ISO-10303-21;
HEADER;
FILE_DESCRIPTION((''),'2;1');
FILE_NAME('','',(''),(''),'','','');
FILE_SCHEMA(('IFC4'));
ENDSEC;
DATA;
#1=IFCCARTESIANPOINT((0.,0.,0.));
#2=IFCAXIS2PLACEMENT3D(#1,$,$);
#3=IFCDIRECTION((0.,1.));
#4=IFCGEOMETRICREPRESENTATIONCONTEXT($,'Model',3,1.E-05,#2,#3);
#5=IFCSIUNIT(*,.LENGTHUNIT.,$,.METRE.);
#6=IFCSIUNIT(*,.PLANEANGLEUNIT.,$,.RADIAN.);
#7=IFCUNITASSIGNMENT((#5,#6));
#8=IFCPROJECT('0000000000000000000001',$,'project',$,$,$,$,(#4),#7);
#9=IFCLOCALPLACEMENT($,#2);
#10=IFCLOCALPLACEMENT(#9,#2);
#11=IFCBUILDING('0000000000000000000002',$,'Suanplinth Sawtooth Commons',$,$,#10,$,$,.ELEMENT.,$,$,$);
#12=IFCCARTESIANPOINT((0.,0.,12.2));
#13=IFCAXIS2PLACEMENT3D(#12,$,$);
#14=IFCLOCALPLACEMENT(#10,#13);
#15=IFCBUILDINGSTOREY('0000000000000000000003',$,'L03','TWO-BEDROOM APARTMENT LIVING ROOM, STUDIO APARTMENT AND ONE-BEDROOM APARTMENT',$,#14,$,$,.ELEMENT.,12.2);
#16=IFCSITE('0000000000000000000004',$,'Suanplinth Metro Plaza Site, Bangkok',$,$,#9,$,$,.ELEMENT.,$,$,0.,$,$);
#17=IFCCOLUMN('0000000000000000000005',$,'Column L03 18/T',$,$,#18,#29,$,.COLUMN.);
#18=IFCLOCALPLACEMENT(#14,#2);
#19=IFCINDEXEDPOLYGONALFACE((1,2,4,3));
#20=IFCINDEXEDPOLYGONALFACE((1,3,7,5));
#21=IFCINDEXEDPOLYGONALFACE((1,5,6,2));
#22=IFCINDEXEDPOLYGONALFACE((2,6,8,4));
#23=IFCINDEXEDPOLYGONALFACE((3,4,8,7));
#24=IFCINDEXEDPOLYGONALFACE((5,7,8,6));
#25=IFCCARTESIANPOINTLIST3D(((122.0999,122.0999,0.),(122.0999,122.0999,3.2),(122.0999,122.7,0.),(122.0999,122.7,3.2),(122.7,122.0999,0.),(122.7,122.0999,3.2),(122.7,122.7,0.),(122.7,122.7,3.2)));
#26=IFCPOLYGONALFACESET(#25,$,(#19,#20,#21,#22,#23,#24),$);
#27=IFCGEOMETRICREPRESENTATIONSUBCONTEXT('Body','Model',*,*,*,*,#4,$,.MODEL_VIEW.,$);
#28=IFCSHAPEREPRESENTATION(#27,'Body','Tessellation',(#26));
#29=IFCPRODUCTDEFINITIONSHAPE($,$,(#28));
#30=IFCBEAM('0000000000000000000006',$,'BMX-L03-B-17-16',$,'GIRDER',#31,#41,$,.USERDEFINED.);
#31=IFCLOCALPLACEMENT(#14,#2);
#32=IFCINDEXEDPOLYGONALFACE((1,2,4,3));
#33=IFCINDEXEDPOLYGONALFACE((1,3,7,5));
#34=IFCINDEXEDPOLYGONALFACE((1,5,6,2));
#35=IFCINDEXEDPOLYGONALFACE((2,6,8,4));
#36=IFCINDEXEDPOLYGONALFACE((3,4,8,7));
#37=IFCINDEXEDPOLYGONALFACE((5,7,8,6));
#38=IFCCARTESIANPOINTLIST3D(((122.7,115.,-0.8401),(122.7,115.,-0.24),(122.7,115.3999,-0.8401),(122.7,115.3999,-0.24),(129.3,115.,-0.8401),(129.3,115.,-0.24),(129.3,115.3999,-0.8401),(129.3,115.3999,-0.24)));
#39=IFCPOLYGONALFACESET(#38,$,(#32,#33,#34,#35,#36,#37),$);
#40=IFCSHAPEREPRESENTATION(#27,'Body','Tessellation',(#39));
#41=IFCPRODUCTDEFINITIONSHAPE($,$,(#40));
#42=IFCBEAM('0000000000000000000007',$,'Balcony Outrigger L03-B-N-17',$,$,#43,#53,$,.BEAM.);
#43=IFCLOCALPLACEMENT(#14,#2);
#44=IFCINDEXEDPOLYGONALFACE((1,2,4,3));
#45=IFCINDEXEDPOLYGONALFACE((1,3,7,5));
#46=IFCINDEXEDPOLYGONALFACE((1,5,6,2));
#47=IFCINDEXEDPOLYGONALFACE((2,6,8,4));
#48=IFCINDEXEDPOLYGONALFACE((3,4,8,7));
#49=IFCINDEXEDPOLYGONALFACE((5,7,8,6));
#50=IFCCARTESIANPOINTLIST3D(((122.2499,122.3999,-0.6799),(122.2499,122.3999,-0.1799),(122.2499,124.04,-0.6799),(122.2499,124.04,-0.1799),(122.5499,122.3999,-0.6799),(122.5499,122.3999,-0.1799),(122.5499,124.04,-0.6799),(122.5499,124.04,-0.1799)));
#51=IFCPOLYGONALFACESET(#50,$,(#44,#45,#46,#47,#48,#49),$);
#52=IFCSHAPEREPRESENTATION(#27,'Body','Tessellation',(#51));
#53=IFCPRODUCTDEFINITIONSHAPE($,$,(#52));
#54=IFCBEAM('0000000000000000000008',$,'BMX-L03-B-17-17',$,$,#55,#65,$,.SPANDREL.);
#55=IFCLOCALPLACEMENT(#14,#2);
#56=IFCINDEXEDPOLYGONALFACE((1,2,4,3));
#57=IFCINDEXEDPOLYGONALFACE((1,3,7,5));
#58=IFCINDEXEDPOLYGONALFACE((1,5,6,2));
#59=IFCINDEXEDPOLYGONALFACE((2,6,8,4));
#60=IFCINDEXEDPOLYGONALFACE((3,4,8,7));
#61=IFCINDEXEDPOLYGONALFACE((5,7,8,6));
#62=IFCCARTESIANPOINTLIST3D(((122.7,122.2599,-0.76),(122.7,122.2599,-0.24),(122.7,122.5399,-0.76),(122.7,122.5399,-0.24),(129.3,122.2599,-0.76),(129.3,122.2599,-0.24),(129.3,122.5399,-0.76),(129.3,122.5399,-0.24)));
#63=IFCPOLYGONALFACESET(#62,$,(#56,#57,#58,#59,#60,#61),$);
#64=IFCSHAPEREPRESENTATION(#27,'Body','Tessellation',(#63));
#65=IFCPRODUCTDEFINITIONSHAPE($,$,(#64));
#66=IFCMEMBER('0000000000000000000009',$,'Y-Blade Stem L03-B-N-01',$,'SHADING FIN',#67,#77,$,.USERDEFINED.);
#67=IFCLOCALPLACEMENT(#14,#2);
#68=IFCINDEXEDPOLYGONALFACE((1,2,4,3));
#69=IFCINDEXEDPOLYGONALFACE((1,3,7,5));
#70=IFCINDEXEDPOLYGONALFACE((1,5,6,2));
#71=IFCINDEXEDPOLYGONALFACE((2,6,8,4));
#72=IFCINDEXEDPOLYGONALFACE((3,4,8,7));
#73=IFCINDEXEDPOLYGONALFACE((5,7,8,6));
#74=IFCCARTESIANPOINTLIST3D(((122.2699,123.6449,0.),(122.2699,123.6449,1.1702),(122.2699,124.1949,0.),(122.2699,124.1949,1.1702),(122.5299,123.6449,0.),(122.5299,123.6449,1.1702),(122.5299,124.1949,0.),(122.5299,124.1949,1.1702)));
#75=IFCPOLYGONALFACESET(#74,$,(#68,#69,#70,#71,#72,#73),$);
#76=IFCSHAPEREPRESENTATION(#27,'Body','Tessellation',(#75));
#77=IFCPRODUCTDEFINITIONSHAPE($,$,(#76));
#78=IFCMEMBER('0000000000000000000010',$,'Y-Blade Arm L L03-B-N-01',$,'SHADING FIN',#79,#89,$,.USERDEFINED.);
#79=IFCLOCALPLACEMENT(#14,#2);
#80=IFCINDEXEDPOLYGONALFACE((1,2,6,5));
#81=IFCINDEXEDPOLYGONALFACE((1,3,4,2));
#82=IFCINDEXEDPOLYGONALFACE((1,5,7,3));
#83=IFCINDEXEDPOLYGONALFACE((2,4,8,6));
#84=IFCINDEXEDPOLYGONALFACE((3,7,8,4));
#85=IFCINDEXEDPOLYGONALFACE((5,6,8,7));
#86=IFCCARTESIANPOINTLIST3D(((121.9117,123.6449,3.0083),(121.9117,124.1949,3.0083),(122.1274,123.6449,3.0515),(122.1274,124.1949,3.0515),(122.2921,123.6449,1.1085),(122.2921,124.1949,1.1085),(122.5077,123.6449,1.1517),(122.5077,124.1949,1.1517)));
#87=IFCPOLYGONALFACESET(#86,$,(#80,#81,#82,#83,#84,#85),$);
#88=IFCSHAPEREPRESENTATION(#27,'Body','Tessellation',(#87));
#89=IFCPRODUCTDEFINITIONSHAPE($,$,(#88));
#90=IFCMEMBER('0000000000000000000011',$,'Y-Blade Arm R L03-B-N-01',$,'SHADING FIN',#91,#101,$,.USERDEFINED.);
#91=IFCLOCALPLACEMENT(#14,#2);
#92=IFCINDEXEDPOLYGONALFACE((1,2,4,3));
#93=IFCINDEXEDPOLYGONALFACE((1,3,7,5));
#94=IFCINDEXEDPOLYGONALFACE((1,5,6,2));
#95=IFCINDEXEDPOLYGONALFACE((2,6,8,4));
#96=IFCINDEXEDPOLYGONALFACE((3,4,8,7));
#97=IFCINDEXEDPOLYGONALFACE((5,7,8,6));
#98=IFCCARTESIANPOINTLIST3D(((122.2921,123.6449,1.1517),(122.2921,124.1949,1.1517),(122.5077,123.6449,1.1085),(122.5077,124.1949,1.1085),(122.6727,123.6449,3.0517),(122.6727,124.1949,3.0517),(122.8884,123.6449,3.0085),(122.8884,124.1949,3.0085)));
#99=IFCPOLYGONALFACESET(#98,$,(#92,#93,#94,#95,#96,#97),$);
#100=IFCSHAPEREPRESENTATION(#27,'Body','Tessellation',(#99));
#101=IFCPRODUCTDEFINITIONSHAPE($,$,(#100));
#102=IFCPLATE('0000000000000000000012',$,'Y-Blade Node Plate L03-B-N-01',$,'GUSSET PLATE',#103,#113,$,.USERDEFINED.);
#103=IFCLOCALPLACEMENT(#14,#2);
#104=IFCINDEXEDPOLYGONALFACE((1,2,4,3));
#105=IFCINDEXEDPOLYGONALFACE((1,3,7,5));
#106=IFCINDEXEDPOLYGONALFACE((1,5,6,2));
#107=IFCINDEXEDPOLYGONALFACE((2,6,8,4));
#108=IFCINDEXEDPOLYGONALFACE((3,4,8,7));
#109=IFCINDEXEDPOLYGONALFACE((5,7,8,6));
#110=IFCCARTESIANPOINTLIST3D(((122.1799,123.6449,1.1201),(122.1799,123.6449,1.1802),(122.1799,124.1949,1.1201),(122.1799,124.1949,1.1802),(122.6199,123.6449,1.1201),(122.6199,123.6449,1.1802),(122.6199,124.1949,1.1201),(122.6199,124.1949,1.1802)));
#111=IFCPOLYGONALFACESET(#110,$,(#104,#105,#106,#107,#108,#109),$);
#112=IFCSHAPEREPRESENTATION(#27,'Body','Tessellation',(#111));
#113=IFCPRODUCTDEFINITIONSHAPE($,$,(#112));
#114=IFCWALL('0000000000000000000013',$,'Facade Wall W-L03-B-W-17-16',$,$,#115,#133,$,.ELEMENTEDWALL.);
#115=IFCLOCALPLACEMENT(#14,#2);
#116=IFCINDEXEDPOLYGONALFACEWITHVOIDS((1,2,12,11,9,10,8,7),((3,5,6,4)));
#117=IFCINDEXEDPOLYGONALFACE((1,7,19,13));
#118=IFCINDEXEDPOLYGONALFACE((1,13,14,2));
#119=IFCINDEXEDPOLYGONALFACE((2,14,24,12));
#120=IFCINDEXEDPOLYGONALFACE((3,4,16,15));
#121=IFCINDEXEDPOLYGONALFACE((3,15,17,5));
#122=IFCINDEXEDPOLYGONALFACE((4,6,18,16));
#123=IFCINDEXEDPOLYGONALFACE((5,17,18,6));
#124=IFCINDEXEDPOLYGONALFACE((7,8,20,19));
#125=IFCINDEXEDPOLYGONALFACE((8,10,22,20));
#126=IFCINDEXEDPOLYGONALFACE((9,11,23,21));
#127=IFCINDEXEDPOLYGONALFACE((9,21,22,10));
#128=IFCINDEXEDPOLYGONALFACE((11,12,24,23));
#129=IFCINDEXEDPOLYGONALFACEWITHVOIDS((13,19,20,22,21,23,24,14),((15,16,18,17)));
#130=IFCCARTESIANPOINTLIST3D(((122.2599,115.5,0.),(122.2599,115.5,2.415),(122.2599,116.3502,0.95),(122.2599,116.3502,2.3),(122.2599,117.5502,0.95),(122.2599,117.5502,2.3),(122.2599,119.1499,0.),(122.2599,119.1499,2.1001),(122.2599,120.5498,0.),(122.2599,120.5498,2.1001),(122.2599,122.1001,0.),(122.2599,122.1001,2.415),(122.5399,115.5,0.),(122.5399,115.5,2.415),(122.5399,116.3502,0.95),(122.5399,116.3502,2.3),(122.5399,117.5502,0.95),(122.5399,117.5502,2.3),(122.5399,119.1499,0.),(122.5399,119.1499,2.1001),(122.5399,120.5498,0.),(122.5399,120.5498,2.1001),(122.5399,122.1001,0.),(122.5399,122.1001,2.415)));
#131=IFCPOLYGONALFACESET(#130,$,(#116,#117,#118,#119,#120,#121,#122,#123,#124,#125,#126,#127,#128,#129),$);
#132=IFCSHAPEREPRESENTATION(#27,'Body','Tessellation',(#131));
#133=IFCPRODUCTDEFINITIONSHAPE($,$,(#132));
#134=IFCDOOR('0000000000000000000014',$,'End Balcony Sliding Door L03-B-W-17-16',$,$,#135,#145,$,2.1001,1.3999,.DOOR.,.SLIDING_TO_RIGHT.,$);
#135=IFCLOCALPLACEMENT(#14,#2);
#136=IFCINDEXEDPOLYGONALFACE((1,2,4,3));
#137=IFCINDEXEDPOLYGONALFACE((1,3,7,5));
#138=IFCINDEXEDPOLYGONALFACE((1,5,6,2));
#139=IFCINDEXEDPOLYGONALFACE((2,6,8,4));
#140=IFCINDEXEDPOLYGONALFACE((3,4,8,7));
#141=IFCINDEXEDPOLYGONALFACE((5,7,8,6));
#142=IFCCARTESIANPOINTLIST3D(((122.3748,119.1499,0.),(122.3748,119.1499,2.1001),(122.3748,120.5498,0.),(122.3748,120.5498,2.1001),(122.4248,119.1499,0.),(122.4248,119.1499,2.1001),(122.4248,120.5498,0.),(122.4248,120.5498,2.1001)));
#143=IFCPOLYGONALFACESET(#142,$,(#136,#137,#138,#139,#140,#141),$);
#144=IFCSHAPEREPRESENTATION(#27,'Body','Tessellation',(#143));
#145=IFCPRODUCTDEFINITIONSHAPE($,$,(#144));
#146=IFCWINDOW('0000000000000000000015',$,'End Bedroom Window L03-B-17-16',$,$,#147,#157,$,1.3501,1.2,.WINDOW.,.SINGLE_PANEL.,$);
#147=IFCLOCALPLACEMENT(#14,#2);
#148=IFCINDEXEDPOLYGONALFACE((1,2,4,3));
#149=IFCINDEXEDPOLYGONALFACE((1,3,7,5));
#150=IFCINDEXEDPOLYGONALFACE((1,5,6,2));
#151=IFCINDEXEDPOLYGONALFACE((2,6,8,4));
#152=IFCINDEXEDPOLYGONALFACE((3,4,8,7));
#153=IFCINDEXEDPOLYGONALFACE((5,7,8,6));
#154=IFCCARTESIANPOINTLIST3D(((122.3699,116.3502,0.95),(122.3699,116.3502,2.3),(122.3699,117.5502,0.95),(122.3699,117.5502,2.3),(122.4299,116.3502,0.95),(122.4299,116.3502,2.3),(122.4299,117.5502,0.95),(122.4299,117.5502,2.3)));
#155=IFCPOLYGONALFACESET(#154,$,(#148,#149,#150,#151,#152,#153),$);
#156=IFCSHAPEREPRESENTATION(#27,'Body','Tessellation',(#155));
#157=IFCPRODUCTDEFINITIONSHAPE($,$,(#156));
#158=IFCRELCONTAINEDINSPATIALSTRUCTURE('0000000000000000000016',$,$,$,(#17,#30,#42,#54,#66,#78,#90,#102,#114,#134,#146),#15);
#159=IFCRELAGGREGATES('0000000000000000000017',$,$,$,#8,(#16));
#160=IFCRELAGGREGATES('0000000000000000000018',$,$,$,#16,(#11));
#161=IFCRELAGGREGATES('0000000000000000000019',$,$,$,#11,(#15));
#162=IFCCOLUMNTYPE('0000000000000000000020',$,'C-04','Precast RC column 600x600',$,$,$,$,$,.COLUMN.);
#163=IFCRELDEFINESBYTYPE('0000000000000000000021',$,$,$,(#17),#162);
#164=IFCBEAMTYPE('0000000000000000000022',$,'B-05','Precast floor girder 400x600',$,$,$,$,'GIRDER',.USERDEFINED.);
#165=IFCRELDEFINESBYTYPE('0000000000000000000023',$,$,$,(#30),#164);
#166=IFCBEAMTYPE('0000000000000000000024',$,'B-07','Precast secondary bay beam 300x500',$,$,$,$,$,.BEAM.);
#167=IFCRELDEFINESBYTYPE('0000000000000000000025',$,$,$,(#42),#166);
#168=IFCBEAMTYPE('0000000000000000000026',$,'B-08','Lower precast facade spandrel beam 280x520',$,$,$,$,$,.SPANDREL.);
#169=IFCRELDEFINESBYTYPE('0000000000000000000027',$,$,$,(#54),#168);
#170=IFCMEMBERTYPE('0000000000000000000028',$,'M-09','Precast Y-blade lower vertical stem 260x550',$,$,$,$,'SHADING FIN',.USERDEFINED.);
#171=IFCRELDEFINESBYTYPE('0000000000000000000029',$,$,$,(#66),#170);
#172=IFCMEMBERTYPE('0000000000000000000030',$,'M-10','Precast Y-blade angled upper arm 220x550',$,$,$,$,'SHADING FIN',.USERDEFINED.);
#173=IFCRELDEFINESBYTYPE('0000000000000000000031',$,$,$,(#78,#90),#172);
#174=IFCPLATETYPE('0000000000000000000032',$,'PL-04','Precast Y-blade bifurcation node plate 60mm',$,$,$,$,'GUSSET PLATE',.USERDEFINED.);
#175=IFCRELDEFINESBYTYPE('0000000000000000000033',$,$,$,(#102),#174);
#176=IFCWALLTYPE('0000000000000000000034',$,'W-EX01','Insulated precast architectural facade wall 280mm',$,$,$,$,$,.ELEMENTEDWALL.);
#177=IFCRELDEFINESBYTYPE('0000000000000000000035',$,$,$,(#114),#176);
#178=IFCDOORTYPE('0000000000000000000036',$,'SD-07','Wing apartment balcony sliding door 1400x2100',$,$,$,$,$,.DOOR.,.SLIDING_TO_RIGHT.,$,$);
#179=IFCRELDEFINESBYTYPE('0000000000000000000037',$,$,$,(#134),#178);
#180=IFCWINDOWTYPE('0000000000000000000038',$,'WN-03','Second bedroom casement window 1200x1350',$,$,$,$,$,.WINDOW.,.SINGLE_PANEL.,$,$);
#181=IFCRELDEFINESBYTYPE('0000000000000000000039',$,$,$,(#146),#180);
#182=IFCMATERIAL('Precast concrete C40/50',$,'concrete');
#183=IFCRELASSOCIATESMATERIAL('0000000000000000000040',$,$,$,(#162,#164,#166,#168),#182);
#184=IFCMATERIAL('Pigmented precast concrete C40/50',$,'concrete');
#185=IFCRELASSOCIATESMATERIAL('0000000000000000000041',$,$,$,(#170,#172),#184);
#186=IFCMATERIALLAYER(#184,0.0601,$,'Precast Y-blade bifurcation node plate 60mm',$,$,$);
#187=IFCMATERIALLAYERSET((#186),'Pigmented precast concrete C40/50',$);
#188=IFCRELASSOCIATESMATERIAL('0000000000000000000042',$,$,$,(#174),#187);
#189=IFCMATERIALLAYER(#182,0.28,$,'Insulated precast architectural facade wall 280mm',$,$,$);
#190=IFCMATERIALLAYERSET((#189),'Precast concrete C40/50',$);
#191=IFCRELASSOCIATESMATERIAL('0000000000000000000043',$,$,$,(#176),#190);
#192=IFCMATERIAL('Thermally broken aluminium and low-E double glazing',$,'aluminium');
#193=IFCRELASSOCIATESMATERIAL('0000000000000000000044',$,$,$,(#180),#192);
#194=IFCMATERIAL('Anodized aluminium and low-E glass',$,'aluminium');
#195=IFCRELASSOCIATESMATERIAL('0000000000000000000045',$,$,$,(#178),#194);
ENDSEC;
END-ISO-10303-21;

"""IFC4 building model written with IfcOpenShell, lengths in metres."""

from ifc_helpers import new_model, si_unit, direction, frame, frame_2d, origin, origin_2d, place, context, subcontext, project, spatial, rectangle, extrude, material, layer, layer_set, material_profile, profile_set, type_object, element, fill, save


model = new_model("IFC4")

# Units and contexts
model_context = context("Model", 3, precision=1e-05, world=origin(), true_north=direction((0.0, 1.0)))
body_context = subcontext(model_context, "Body", "Model", "MODEL_VIEW")
ifc_project = project(units=[si_unit("LENGTHUNIT", "METRE"), si_unit("PLANEANGLEUNIT", "RADIAN")], contexts=[model_context])

# Site, building, storey
site_placement = place(None, origin())
site = spatial("IfcSite", under=ifc_project, at=site_placement, Name="Suanplinth Metro Plaza Site, Bangkok", CompositionType="ELEMENT", RefElevation=0.0)
building_placement = place(site_placement, origin())
building = spatial("IfcBuilding", under=site, at=building_placement, Name="Suanplinth Sawtooth Commons", CompositionType="ELEMENT")
storey_placement = place(building_placement, frame((0.0, 0.0, 12.2)))
storey = spatial("IfcBuildingStorey", under=building, at=storey_placement, Name="L03", Description="TWO-BEDROOM APARTMENT LIVING ROOM, STUDIO APARTMENT AND ONE-BEDROOM APARTMENT", CompositionType="ELEMENT", Elevation=12.2)

# Column
ifc_material_1 = material(Name="Precast concrete C40/50", Category="concrete")
ifc_material_profile_1 = material_profile(ifc_material_1, rectangle(XDim=0.6001, YDim=0.6001, at=origin_2d()), Name="PC-COL 600x600")
ifc_profile_set_1 = profile_set([ifc_material_profile_1], Name="Precast concrete C40/50")
column_type = type_object("IfcColumnType", Name="C-04", Description="Precast RC column 600x600", PredefinedType="COLUMN", material=ifc_profile_set_1)
column_placement = place(storey_placement, frame((122.3999, 122.3999, 0.0), z_axis=(0.0, 0.0, 1.0), x_axis=(1.0, 0.0, 0.0)))
element("IfcColumn", 1, at=column_placement, inside=storey, type_object=column_type, Name="Column L03 18/T", PredefinedType="COLUMN", context=body_context, shape_type="SweptSolid", body=[
    extrude(rectangle(XDim=0.6001, YDim=0.6001, at=origin_2d()), origin(), (0.0, 0.0, 1.0), 3.2),
])

# Beams
ifc_material_profile_2 = material_profile(ifc_material_1, rectangle(XDim=0.3999, YDim=0.6001, at=origin_2d()), Name="PC-GDR 400x600")
ifc_profile_set_2 = profile_set([ifc_material_profile_2], Name="Precast concrete C40/50")
beam_type_1 = type_object("IfcBeamType", Name="B-05", Description="Precast floor girder 400x600", ElementType="GIRDER", PredefinedType="USERDEFINED", material=ifc_profile_set_2)
beam_1_placement = place(storey_placement, frame((122.7, 115.2, -0.54), z_axis=(1.0, 0.0, 0.0), x_axis=(0.0, 1.0, 0.0)))
element("IfcBeam", 2, at=beam_1_placement, inside=storey, type_object=beam_type_1, Name="BMX-L03-B-17-16", ObjectType="GIRDER", PredefinedType="USERDEFINED", context=body_context, shape_type="SweptSolid", body=[
    extrude(rectangle(XDim=0.3999, YDim=0.6001, at=origin_2d()), origin(), (0.0, 0.0, 1.0), 6.6001),
])
ifc_material_profile_3 = material_profile(ifc_material_1, rectangle(XDim=0.3, YDim=0.5, at=origin_2d()), Name="PC-BM 300x500")
ifc_profile_set_3 = profile_set([ifc_material_profile_3], Name="Precast concrete C40/50")
beam_type_2 = type_object("IfcBeamType", Name="B-07", Description="Precast secondary bay beam 300x500", PredefinedType="BEAM", material=ifc_profile_set_3)
beam_2_placement = place(storey_placement, frame((122.3999, 122.3999, -0.4299), z_axis=(0.0, 1.0, 0.0), x_axis=(-1.0, 0.0, 0.0)))
element("IfcBeam", 3, at=beam_2_placement, inside=storey, type_object=beam_type_2, Name="Balcony Outrigger L03-B-N-17", PredefinedType="BEAM", context=body_context, shape_type="SweptSolid", body=[
    extrude(rectangle(XDim=0.3, YDim=0.5, at=origin_2d()), origin(), (0.0, 0.0, 1.0), 1.6401),
])
ifc_material_profile_4 = material_profile(ifc_material_1, rectangle(XDim=0.28, YDim=0.52, at=origin_2d()), Name="PC-SP 280x520")
ifc_profile_set_4 = profile_set([ifc_material_profile_4], Name="Precast concrete C40/50")
beam_type_3 = type_object("IfcBeamType", Name="B-08", Description="Lower precast facade spandrel beam 280x520", PredefinedType="SPANDREL", material=ifc_profile_set_4)
beam_3_placement = place(storey_placement, frame((122.7, 122.3999, -0.5), z_axis=(1.0, 0.0, 0.0), x_axis=(0.0, 1.0, 0.0)))
element("IfcBeam", 4, at=beam_3_placement, inside=storey, type_object=beam_type_3, Name="BMX-L03-B-17-17", PredefinedType="SPANDREL", context=body_context, shape_type="SweptSolid", body=[
    extrude(rectangle(XDim=0.28, YDim=0.52, at=origin_2d()), origin(), (0.0, 0.0, 1.0), 6.6001),
])

# Members
ifc_material_2 = material(Name="Pigmented precast concrete C40/50", Category="concrete")
ifc_material_profile_5 = material_profile(ifc_material_2, rectangle(XDim=0.26, YDim=0.55, at=origin_2d()), Name="PC-FIN 260x550")
ifc_profile_set_5 = profile_set([ifc_material_profile_5], Name="Pigmented precast concrete C40/50")
member_type_1 = type_object("IfcMemberType", Name="M-09", Description="Precast Y-blade lower vertical stem 260x550", ElementType="SHADING FIN", PredefinedType="USERDEFINED", material=ifc_profile_set_5)
member_1_placement = place(storey_placement, frame((122.3999, 123.9199, 0.0), z_axis=(0.0, 0.0, 1.0), x_axis=(1.0, 0.0, 0.0)))
element("IfcMember", 5, at=member_1_placement, inside=storey, type_object=member_type_1, Name="Y-Blade Stem L03-B-N-01", ObjectType="SHADING FIN", PredefinedType="USERDEFINED", context=body_context, shape_type="SweptSolid", body=[
    extrude(rectangle(XDim=0.26, YDim=0.55, at=origin_2d()), origin(), (0.0, 0.0, 1.0), 1.1702),
])
ifc_material_profile_6 = material_profile(ifc_material_2, rectangle(XDim=0.22, YDim=0.55, at=origin_2d()), Name="PC-FIN 220x550")
ifc_profile_set_6 = profile_set([ifc_material_profile_6], Name="Pigmented precast concrete C40/50")
member_type_2 = type_object("IfcMemberType", Name="M-10", Description="Precast Y-blade angled upper arm 220x550", ElementType="SHADING FIN", PredefinedType="USERDEFINED", material=ifc_profile_set_6)
member_2_placement = place(storey_placement, frame((122.3999, 123.9199, 1.1301), z_axis=(-0.19631, 0.0, 0.980542), x_axis=(0.980542, 0.0, 0.19631)))
element("IfcMember", 6, at=member_2_placement, inside=storey, type_object=member_type_2, Name="Y-Blade Arm L L03-B-N-01", ObjectType="SHADING FIN", PredefinedType="USERDEFINED", context=body_context, shape_type="SweptSolid", body=[
    extrude(rectangle(XDim=0.22, YDim=0.55, at=origin_2d()), origin(), (0.0, 0.0, 1.0), 1.9375),
])
member_3_placement = place(storey_placement, frame((122.3999, 123.9199, 1.1301), z_axis=(0.196431, 0.0, 0.980518), x_axis=(-0.980518, 0.0, 0.196431)))
element("IfcMember", 7, at=member_3_placement, inside=storey, type_object=member_type_2, Name="Y-Blade Arm R L03-B-N-01", ObjectType="SHADING FIN", PredefinedType="USERDEFINED", context=body_context, shape_type="SweptSolid", body=[
    extrude(rectangle(XDim=0.22, YDim=0.55, at=origin_2d()), origin(), (0.0, 0.0, 1.0), 1.9377),
])

# Plate
ifc_layer_1 = layer(ifc_material_2, 0.0601, Name="Precast Y-blade bifurcation node plate 60mm")
ifc_layer_set_1 = layer_set([ifc_layer_1], Name="Pigmented precast concrete C40/50")
plate_type = type_object("IfcPlateType", Name="PL-04", Description="Precast Y-blade bifurcation node plate 60mm", ElementType="GUSSET PLATE", PredefinedType="USERDEFINED", material=ifc_layer_set_1)
plate_placement = place(storey_placement, frame((122.3999, 123.9199, 1.1201), z_axis=(0.0, 0.0, 1.0), x_axis=(1.0, 0.0, 0.0)))
element("IfcPlate", 8, at=plate_placement, inside=storey, type_object=plate_type, Name="Y-Blade Node Plate L03-B-N-01", ObjectType="GUSSET PLATE", PredefinedType="USERDEFINED", context=body_context, shape_type="SweptSolid", body=[
    extrude(rectangle(XDim=0.4399, YDim=0.55, at=origin_2d()), origin(), (0.0, 0.0, 1.0), 0.0601),
])

# Wall, openings, door, window
ifc_layer_2 = layer(ifc_material_1, 0.28, Name="Insulated precast architectural facade wall 280mm")
ifc_layer_set_2 = layer_set([ifc_layer_2], Name="Precast concrete C40/50")
wall_type_1 = type_object("IfcWallType", Name="W-EX01", Description="Insulated precast architectural facade wall 280mm", PredefinedType="ELEMENTEDWALL", material=ifc_layer_set_2)
ifc_material_3 = material(Name="Anodized aluminium and low-E glass", Category="aluminium")
ifc_material_4 = material(Name="Thermally broken aluminium and low-E double glazing", Category="aluminium")
window_type = type_object("IfcWindowType", Name="WN-03", Description="Second bedroom casement window 1200x1350", PartitioningType="SINGLE_PANEL", PredefinedType="WINDOW", material=ifc_material_4)
wall_1_placement = place(storey_placement, frame((122.3999, 115.5, 0.0), z_axis=(0.0, 0.0, 1.0), x_axis=(0.0, 1.0, 0.0)))
wall_1 = element("IfcWall", 9, at=wall_1_placement, inside=storey, type_object=wall_type_1, Name="Facade Wall W-L03-B-W-17-16", PredefinedType="ELEMENTEDWALL", context=body_context, shape_type="SweptSolid", body=[
    extrude(rectangle(XDim=6.6001, YDim=0.28, at=frame_2d((3.3, 0.0))), origin(), (0.0, 0.0, 1.0), 2.415),
])
opening_1_placement = place(wall_1_placement, frame((3.6499, 0.0, 0.0)))
opening_1 = element("IfcOpeningElement", 10, at=opening_1_placement, cuts=wall_1, PredefinedType="OPENING", context=body_context, shape_type="SweptSolid", body=[
    extrude(rectangle(XDim=1.3999, YDim=2.1001, at=frame_2d((0.7, 1.05))), frame((0.0, 0.1548, 0.0), z_axis=(0.0, -1.0, 0.0), x_axis=(1.0, 0.0, 0.0)), (0.0, 0.0, 1.0), 0.3098),
])
opening_2_placement = place(wall_1_placement, frame((0.8501, 0.0, 0.95)))
opening_2 = element("IfcOpeningElement", 11, at=opening_2_placement, cuts=wall_1, PredefinedType="OPENING", context=body_context, shape_type="SweptSolid", body=[
    extrude(rectangle(XDim=1.2, YDim=1.3501, at=frame_2d((0.6001, 0.675))), frame((0.0, 0.1548, 0.0), z_axis=(0.0, -1.0, 0.0), x_axis=(1.0, 0.0, 0.0)), (0.0, 0.0, 1.0), 0.3098),
])
door_type_1 = type_object("IfcDoorType", Name="SD-07", Description="Wing apartment balcony sliding door 1400x2100", OperationType="SLIDING_TO_RIGHT", PredefinedType="DOOR", material=ifc_material_3)
door_1_placement = place(opening_1_placement, frame((1.3999, 0.0, 0.0), z_axis=(0.0, 0.0, 1.0), x_axis=(-1.0, 0.0, 0.0)))
door_1 = element("IfcDoor", 12, at=door_1_placement, inside=storey, type_object=door_type_1, Name="End Balcony Sliding Door L03-B-W-17-16", OperationType="SLIDING_TO_RIGHT", OverallHeight=2.1001, OverallWidth=1.3999, PredefinedType="DOOR", context=body_context, shape_type="SweptSolid", body=[
    extrude(rectangle(XDim=1.3999, YDim=2.1001, at=frame_2d((0.7, 1.05))), frame((0.0, 0.0249, 0.0), z_axis=(0.0, -1.0, 0.0), x_axis=(1.0, 0.0, 0.0)), (0.0, 0.0, 1.0), 0.05),
])
fill(opening_1, door_1)
window_1_placement = place(opening_2_placement, origin())
window_1 = element("IfcWindow", 13, at=window_1_placement, inside=storey, type_object=window_type, Name="End Bedroom Window L03-B-17-16", OverallHeight=1.3501, OverallWidth=1.2, PartitioningType="SINGLE_PANEL", PredefinedType="WINDOW", context=body_context, shape_type="SweptSolid", body=[
    extrude(rectangle(XDim=1.2, YDim=1.3501, at=frame_2d((0.6001, 0.675))), frame((0.0, 0.03, 0.0), z_axis=(0.0, -1.0, 0.0), x_axis=(1.0, 0.0, 0.0)), (0.0, 0.0, 1.0), 0.0601),
])
fill(opening_2, window_1)

save(model, "model.ifc")
